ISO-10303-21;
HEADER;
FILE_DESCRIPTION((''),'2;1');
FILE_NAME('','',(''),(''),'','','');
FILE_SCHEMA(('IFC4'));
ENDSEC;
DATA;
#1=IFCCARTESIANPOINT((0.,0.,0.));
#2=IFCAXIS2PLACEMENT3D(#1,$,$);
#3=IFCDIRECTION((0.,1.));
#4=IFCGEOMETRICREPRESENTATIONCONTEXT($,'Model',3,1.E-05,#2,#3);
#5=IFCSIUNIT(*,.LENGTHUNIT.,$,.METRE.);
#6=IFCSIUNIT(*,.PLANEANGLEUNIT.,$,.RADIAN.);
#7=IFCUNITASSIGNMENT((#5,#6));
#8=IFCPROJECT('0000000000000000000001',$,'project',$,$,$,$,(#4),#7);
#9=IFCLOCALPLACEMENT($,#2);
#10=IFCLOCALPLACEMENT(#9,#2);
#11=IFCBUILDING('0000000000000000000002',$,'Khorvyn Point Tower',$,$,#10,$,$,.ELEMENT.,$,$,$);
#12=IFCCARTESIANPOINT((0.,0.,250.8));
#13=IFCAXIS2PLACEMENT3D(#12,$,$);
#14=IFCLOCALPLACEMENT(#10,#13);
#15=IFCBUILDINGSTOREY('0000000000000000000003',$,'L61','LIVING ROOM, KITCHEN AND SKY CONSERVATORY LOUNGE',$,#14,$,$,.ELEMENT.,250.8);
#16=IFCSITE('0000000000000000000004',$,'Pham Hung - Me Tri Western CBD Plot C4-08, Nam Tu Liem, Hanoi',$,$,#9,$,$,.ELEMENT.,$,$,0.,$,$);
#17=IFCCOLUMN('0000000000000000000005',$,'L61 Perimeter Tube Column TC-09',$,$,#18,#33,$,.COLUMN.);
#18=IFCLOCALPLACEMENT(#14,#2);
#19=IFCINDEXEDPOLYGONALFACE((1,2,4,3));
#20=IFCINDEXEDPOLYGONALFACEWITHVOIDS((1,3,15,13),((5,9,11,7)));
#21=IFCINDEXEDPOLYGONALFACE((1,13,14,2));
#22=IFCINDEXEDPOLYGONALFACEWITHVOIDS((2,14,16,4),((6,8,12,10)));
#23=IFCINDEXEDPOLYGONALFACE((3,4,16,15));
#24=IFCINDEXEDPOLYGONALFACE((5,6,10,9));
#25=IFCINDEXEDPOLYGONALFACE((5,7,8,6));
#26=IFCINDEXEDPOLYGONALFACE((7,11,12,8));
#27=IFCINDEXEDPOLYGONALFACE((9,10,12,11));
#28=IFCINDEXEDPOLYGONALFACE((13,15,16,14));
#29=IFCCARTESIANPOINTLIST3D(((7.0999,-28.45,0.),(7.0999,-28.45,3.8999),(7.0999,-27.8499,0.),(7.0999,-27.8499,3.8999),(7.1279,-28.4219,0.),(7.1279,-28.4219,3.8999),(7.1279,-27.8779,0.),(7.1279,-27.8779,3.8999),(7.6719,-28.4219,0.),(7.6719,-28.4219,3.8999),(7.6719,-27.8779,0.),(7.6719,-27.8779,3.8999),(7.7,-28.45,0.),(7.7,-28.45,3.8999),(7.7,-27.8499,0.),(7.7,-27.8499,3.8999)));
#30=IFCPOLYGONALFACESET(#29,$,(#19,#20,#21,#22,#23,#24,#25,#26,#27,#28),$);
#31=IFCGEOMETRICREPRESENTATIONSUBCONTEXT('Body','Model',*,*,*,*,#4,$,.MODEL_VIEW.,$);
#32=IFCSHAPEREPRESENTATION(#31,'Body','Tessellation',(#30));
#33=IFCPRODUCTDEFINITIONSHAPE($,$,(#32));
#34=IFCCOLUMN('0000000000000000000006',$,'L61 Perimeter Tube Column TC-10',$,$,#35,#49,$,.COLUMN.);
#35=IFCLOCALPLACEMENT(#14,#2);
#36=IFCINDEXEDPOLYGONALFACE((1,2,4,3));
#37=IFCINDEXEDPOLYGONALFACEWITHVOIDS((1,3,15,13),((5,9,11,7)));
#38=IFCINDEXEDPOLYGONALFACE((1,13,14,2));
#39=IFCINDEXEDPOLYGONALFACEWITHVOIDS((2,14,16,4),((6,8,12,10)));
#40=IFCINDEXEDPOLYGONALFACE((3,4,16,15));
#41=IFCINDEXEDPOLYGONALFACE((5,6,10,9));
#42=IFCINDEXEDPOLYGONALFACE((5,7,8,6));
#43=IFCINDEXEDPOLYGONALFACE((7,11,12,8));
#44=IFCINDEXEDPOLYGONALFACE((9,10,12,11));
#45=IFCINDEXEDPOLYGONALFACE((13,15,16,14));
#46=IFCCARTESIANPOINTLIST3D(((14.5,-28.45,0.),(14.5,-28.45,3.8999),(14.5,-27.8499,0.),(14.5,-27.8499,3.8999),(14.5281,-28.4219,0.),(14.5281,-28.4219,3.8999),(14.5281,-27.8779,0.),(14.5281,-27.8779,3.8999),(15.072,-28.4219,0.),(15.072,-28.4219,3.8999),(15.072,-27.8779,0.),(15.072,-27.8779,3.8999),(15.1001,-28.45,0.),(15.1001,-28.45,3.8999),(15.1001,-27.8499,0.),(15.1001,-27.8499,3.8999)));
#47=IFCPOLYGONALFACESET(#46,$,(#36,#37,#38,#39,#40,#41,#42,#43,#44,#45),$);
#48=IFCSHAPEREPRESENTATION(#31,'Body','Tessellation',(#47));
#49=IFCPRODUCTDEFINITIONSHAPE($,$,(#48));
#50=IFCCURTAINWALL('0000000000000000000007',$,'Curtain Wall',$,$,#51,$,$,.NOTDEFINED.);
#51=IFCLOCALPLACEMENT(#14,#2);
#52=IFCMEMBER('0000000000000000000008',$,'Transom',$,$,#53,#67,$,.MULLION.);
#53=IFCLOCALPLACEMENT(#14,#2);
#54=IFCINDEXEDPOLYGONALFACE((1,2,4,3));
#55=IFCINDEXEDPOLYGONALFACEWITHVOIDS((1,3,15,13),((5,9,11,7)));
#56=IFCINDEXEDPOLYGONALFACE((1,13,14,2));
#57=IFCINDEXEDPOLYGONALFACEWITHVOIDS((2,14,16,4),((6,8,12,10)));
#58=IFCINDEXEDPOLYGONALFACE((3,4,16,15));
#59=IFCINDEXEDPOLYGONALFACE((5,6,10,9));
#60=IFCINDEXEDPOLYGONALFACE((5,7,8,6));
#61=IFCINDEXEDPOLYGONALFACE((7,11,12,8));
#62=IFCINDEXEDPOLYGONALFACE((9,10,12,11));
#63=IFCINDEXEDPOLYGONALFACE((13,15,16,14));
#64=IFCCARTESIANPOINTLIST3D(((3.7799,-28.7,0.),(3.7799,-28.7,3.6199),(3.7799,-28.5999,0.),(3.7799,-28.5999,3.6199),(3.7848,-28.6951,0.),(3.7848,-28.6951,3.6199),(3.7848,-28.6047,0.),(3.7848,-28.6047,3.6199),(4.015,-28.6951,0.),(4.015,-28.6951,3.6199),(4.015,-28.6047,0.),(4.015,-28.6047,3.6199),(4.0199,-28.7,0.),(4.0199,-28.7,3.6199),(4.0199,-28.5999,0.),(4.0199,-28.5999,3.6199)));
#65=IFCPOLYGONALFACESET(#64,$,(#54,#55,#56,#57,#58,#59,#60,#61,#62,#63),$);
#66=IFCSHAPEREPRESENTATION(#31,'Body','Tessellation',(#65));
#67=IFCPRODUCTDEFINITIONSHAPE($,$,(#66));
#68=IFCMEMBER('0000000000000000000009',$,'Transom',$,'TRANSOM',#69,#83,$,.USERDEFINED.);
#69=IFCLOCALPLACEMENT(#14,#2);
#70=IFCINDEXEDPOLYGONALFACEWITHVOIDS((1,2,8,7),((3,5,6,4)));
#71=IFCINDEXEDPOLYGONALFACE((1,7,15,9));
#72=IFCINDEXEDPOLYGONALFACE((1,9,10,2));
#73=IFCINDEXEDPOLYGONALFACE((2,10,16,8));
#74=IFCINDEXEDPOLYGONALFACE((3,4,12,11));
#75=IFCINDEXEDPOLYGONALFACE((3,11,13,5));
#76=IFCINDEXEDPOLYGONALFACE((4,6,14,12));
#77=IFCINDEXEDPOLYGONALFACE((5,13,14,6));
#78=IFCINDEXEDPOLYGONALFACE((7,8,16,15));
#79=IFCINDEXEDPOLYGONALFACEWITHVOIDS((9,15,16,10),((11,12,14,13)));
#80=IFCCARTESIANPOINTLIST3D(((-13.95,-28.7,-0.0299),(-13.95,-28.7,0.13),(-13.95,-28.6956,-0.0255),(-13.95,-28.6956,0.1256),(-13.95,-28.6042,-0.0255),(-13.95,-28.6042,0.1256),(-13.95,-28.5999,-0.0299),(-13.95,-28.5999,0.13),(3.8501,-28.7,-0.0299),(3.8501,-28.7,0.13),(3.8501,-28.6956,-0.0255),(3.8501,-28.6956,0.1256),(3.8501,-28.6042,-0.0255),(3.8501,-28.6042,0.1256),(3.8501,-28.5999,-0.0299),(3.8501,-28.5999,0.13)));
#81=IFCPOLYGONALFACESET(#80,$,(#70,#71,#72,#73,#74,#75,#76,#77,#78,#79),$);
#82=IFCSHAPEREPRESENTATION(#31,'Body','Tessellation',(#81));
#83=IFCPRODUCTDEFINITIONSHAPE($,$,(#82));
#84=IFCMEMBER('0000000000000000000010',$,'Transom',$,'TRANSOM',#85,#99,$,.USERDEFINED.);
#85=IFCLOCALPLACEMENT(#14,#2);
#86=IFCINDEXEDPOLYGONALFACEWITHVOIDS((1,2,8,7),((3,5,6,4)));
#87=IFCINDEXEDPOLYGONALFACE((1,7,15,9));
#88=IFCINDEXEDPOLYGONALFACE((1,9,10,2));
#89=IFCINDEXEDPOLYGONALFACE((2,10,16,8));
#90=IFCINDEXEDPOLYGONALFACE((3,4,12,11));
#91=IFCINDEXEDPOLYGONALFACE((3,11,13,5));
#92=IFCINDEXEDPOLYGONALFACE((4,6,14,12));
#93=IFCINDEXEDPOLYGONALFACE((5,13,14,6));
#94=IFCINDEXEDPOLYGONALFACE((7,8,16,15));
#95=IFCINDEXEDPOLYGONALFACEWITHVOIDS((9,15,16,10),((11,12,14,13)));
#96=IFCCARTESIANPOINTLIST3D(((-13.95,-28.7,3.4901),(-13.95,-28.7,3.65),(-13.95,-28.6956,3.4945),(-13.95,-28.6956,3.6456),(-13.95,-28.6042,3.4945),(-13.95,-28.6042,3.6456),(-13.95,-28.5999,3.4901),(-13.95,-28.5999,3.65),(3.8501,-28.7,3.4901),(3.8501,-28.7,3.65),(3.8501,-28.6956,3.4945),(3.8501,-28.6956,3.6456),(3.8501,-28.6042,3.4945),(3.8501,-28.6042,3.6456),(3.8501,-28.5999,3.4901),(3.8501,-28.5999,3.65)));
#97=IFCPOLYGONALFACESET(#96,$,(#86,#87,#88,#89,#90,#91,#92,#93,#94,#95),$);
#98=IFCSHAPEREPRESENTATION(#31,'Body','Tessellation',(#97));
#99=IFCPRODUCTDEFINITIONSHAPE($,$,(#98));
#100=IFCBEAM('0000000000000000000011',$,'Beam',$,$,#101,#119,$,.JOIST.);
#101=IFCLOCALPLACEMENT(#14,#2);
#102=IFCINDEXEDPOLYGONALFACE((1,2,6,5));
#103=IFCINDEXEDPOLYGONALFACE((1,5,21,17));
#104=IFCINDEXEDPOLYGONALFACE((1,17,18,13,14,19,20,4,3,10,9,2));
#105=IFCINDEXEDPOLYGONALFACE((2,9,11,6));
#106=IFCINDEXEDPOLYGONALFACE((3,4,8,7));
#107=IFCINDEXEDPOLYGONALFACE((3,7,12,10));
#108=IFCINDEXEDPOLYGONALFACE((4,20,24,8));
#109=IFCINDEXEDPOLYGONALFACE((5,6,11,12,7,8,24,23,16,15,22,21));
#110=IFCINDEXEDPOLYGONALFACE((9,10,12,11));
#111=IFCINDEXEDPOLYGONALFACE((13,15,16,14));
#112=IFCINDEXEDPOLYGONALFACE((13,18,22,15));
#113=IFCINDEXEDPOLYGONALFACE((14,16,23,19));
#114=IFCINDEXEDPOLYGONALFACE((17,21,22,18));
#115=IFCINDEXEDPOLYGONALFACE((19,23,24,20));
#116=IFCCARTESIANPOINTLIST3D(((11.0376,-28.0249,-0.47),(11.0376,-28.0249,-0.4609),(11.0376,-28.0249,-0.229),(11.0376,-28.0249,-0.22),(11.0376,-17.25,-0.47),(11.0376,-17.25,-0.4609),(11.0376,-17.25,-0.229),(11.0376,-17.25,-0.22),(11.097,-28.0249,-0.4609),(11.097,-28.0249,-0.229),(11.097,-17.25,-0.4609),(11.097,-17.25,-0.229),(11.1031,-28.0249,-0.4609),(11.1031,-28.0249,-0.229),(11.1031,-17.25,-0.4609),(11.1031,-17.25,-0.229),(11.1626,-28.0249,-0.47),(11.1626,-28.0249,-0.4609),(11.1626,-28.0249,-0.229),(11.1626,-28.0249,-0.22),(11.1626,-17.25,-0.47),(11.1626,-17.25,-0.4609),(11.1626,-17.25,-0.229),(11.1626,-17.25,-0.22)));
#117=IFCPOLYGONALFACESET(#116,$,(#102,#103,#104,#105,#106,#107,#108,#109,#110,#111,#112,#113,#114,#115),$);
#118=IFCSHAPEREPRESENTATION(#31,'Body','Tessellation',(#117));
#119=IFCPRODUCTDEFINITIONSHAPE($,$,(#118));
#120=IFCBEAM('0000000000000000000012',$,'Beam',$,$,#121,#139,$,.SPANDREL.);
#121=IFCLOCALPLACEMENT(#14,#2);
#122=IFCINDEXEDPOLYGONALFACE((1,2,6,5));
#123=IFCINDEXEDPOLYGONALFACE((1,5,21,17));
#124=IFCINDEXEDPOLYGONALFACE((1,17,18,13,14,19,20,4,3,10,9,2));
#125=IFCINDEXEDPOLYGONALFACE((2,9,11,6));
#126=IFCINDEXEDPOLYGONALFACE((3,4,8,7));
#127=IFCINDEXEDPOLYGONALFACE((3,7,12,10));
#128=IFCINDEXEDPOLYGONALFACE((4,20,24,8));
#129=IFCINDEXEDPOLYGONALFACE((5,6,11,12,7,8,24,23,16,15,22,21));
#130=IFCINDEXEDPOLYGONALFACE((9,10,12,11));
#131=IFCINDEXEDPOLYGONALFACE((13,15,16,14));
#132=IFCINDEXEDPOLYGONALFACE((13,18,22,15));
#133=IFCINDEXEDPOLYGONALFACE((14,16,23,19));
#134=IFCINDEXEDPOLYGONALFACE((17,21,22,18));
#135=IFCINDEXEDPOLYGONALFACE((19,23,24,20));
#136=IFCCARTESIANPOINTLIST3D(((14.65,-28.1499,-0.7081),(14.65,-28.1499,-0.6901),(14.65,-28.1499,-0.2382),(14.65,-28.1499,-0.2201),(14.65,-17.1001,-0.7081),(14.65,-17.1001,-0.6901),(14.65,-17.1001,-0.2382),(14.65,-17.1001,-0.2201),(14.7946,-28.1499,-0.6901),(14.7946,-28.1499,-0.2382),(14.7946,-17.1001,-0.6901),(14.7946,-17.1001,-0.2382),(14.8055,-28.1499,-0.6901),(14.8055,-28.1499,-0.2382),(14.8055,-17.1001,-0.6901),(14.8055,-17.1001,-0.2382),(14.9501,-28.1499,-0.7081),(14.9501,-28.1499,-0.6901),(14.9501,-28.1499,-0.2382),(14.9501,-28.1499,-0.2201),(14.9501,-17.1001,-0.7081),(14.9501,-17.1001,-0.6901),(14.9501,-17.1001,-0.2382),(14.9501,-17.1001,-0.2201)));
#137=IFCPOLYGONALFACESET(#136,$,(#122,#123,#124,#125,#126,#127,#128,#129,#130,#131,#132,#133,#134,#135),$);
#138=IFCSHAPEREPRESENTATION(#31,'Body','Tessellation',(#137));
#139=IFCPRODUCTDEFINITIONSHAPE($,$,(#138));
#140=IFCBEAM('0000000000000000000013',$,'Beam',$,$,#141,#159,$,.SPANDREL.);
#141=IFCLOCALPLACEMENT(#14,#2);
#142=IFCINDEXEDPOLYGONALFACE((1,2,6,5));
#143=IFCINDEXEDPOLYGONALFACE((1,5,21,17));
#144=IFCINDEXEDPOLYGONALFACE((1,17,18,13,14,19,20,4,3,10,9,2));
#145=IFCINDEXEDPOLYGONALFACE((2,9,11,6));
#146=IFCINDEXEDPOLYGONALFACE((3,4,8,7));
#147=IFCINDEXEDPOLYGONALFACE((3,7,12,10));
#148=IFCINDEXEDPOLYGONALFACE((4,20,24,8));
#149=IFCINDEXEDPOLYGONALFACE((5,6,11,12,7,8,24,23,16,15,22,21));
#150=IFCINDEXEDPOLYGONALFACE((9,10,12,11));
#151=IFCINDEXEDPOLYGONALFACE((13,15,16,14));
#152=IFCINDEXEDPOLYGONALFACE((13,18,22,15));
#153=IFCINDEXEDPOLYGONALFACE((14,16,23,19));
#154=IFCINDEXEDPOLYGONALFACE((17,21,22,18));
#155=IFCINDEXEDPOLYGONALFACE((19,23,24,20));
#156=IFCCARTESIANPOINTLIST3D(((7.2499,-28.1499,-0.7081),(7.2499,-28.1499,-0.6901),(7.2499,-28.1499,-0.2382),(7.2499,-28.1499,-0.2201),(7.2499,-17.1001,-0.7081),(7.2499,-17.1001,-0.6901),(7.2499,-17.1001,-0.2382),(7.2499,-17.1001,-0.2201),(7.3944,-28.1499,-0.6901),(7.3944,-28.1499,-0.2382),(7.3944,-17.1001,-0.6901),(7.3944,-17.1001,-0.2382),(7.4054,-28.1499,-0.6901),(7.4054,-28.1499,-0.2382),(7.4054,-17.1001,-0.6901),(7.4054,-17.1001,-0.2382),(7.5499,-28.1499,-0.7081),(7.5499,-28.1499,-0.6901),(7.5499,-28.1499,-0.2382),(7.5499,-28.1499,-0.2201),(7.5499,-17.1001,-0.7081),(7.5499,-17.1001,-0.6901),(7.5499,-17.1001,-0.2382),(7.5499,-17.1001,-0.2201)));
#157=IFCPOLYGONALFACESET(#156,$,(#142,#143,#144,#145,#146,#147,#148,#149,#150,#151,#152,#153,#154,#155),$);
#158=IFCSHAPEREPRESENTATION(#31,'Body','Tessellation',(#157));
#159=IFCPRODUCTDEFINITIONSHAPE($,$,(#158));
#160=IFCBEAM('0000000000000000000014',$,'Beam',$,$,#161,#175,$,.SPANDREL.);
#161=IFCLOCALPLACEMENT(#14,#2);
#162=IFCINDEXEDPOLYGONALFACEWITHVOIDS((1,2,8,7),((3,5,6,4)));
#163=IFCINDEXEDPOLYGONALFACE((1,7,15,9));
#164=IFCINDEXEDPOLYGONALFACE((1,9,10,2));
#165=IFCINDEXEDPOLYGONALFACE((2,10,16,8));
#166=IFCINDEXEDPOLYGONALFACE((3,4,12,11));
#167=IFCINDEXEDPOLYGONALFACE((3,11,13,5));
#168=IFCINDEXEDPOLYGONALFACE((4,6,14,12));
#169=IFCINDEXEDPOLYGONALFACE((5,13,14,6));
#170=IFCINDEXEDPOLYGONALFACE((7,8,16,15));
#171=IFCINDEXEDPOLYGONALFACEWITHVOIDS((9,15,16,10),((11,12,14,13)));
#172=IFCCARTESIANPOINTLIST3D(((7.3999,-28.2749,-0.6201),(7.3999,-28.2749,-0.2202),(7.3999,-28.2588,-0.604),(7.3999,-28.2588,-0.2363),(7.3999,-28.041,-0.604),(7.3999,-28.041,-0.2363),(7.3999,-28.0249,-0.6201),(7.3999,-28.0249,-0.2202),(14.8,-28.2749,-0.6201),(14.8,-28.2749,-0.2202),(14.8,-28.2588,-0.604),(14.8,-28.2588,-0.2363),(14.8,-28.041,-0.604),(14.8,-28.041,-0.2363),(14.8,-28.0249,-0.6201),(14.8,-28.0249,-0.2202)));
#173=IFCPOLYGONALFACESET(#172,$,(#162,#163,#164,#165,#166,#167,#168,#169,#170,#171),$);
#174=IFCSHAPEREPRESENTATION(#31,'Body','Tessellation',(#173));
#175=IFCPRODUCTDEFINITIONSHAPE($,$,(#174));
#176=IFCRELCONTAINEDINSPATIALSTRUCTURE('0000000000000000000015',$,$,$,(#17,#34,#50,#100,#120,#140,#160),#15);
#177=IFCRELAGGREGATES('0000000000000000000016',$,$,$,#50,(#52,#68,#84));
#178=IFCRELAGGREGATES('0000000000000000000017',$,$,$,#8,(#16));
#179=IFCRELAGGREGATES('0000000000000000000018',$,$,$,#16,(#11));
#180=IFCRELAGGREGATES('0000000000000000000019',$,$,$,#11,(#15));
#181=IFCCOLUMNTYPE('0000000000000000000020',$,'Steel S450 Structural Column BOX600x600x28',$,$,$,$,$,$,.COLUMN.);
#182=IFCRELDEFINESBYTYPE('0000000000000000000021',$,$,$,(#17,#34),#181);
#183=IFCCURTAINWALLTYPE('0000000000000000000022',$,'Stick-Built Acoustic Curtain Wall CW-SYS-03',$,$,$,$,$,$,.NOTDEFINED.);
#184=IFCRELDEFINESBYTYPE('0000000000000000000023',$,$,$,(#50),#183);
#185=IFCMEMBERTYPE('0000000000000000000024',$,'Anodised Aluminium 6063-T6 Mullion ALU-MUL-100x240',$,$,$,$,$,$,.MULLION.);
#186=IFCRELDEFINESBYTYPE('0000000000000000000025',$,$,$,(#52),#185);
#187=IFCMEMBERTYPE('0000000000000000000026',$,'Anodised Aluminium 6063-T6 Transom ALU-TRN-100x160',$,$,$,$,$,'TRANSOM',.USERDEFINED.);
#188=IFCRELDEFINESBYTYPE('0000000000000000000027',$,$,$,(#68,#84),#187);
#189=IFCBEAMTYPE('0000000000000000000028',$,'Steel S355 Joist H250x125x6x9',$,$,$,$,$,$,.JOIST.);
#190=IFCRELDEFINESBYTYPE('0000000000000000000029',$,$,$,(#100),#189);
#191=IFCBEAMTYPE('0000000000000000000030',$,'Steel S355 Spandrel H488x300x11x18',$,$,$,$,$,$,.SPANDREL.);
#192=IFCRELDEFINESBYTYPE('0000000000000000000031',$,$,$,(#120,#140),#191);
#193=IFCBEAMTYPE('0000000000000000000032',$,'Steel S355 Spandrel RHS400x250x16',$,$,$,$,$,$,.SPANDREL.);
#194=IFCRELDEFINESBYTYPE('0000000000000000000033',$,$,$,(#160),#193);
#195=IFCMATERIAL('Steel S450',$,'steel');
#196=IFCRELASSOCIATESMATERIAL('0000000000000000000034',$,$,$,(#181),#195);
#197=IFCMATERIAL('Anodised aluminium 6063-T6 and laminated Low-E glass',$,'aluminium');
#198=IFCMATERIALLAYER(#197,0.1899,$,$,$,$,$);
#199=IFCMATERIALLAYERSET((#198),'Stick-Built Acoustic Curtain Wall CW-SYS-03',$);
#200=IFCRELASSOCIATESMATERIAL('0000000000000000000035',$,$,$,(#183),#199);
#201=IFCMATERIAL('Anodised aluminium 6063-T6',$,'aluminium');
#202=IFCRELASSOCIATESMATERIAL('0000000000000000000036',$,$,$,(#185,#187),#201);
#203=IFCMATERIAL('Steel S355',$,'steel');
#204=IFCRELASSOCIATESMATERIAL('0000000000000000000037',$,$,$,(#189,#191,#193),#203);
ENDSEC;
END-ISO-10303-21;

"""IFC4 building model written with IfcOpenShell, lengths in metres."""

from ifc_helpers import new_model, si_unit, direction, frame, origin, origin_2d, place, context, subcontext, project, spatial, hollow_rectangle, i_section, extrude, material, layer, layer_set, material_profile, profile_set, type_object, element, aggregate, save


model = new_model("IFC4")

# Units and contexts
model_context = context("Model", 3, precision=1e-05, world=origin(), true_north=direction((0.0, 1.0)))
body_context = subcontext(model_context, "Body", "Model", "MODEL_VIEW")
ifc_project = project(units=[si_unit("LENGTHUNIT", "METRE"), si_unit("PLANEANGLEUNIT", "RADIAN")], contexts=[model_context])

# Site, building, storey
site_placement = place(None, origin())
site = spatial("IfcSite", under=ifc_project, at=site_placement, Name="Pham Hung - Me Tri Western CBD Plot C4-08, Nam Tu Liem, Hanoi", CompositionType="ELEMENT", RefElevation=0.0)
building_placement = place(site_placement, origin())
building = spatial("IfcBuilding", under=site, at=building_placement, Name="Khorvyn Point Tower", CompositionType="ELEMENT")
storey_placement = place(building_placement, frame((0.0, 0.0, 250.8)))
storey = spatial("IfcBuildingStorey", under=building, at=storey_placement, Name="L61", Description="LIVING ROOM, KITCHEN AND SKY CONSERVATORY LOUNGE", CompositionType="ELEMENT", Elevation=250.8)

# Columns
ifc_material_1 = material(Name="Steel S450", Category="steel")
ifc_material_profile_1 = material_profile(ifc_material_1, hollow_rectangle(XDim=0.6001, YDim=0.6001, WallThickness=0.0281, at=origin_2d()))
ifc_profile_set_1 = profile_set([ifc_material_profile_1], Name="Steel S450 BOX600x600x28")
column_type = type_object("IfcColumnType", Name="Steel S450 Structural Column BOX600x600x28", PredefinedType="COLUMN", material=ifc_profile_set_1)
for number, where, z_axis, x_axis, name in (
    (1, (7.3999, -28.1499, 0.0), (0.0, 0.0, 1.0), (1.0, 0.0, 0.0), "L61 Perimeter Tube Column TC-09"),
    (2, (14.8, -28.1499, 0.0), (0.0, 0.0, 1.0), (1.0, 0.0, 0.0), "L61 Perimeter Tube Column TC-10"),
):
    element("IfcColumn", number, at=place(storey_placement, frame(where, z_axis=z_axis, x_axis=x_axis)), inside=storey, type_object=column_type, Name=name, PredefinedType="COLUMN", context=body_context, shape_type="SweptSolid", body=[
        extrude(hollow_rectangle(XDim=0.6001, YDim=0.6001, WallThickness=0.0281, at=origin_2d()), origin(), (0.0, 0.0, 1.0), 3.8999),
    ])

# Curtain wall, members
ifc_material_2 = material(Name="Anodised aluminium 6063-T6 and laminated Low-E glass", Category="aluminium")
ifc_layer_1 = layer(ifc_material_2, 0.1899)
ifc_layer_set_1 = layer_set([ifc_layer_1], Name="Stick-Built Acoustic Curtain Wall CW-SYS-03")
curtain_wall_type = type_object("IfcCurtainWallType", Name="Stick-Built Acoustic Curtain Wall CW-SYS-03", PredefinedType="NOTDEFINED", material=ifc_layer_set_1)
curtain_wall_placement = place(storey_placement, origin())
curtain_wall = element("IfcCurtainWall", 3, at=curtain_wall_placement, inside=storey, type_object=curtain_wall_type, Name="Curtain Wall", PredefinedType="NOTDEFINED")
ifc_material_3 = material(Name="Anodised aluminium 6063-T6", Category="aluminium")
ifc_material_profile_2 = material_profile(ifc_material_3, hollow_rectangle(XDim=0.1001, YDim=0.24, WallThickness=0.0049, at=origin_2d()))
ifc_profile_set_2 = profile_set([ifc_material_profile_2], Name="Anodised aluminium 6063-T6 ALU-MUL-100x240")
member_type_1 = type_object("IfcMemberType", Name="Anodised Aluminium 6063-T6 Mullion ALU-MUL-100x240", PredefinedType="MULLION", material=ifc_profile_set_2)
member_1_placement = place(storey_placement, frame((3.8999, -28.6499, 0.0), z_axis=(0.0, 0.0, 1.0), x_axis=(0.0, -1.0, 0.0)))
member_1 = element("IfcMember", 4, at=member_1_placement, type_object=member_type_1, Name="Transom", PredefinedType="MULLION", context=body_context, shape_type="SweptSolid", body=[
    extrude(hollow_rectangle(XDim=0.1001, YDim=0.24, WallThickness=0.0049, at=origin_2d()), origin(), (0.0, 0.0, 1.0), 3.6199),
])
ifc_material_profile_3 = material_profile(ifc_material_3, hollow_rectangle(XDim=0.1001, YDim=0.1599, WallThickness=0.0044, at=origin_2d()))
ifc_profile_set_3 = profile_set([ifc_material_profile_3], Name="Anodised aluminium 6063-T6 ALU-TRN-100x160")
member_type_2 = type_object("IfcMemberType", Name="Anodised Aluminium 6063-T6 Transom ALU-TRN-100x160", ElementType="TRANSOM", PredefinedType="USERDEFINED", material=ifc_profile_set_3)
member_2_placement = place(storey_placement, frame((3.8501, -28.6499, 0.05), z_axis=(-1.0, 0.0, 0.0), x_axis=(0.0, -1.0, 0.0)))
member_2 = element("IfcMember", 5, at=member_2_placement, type_object=member_type_2, Name="Transom", ObjectType="TRANSOM", PredefinedType="USERDEFINED", context=body_context, shape_type="SweptSolid", body=[
    extrude(hollow_rectangle(XDim=0.1001, YDim=0.1599, WallThickness=0.0044, at=origin_2d()), origin(), (0.0, 0.0, 1.0), 17.8),
])
member_3_placement = place(storey_placement, frame((3.8501, -28.6499, 3.5701), z_axis=(-1.0, 0.0, 0.0), x_axis=(0.0, -1.0, 0.0)))
member_3 = element("IfcMember", 6, at=member_3_placement, type_object=member_type_2, Name="Transom", ObjectType="TRANSOM", PredefinedType="USERDEFINED", context=body_context, shape_type="SweptSolid", body=[
    extrude(hollow_rectangle(XDim=0.1001, YDim=0.1599, WallThickness=0.0044, at=origin_2d()), origin(), (0.0, 0.0, 1.0), 17.8),
])

# Beams
ifc_material_4 = material(Name="Steel S355", Category="steel")
ifc_material_profile_4 = material_profile(ifc_material_4, i_section(OverallWidth=0.125, OverallDepth=0.25, WebThickness=0.0061, FlangeThickness=0.009, at=origin_2d()))
ifc_profile_set_4 = profile_set([ifc_material_profile_4], Name="Steel S355 H250x125x6x9")
beam_type_1 = type_object("IfcBeamType", Name="Steel S355 Joist H250x125x6x9", PredefinedType="JOIST", material=ifc_profile_set_4)
beam_1_placement = place(storey_placement, frame((11.1001, -28.0249, -0.345), z_axis=(0.0, 1.0, 0.0), x_axis=(-1.0, 0.0, 0.0)))
element("IfcBeam", 7, at=beam_1_placement, inside=storey, type_object=beam_type_1, Name="Beam", PredefinedType="JOIST", context=body_context, shape_type="SweptSolid", body=[
    extrude(i_section(OverallWidth=0.125, OverallDepth=0.25, WebThickness=0.0061, FlangeThickness=0.009, at=origin_2d()), origin(), (0.0, 0.0, 1.0), 10.7749),
])
ifc_material_profile_5 = material_profile(ifc_material_4, i_section(OverallWidth=0.3, OverallDepth=0.488, WebThickness=0.011, FlangeThickness=0.0181, at=origin_2d()))
ifc_profile_set_5 = profile_set([ifc_material_profile_5], Name="Steel S355 H488x300x11x18")
beam_type_2 = type_object("IfcBeamType", Name="Steel S355 Spandrel H488x300x11x18", PredefinedType="SPANDREL", material=ifc_profile_set_5)
for number, where, z_axis, x_axis, name in (
    (8, (14.8, -28.1499, -0.4641), (0.0, 1.0, 0.0), (-1.0, 0.0, 0.0), "Beam"),
    (9, (7.3999, -28.1499, -0.4641), (0.0, 1.0, 0.0), (-1.0, 0.0, 0.0), "Beam"),
):
    element("IfcBeam", number, at=place(storey_placement, frame(where, z_axis=z_axis, x_axis=x_axis)), inside=storey, type_object=beam_type_2, Name=name, PredefinedType="SPANDREL", context=body_context, shape_type="SweptSolid", body=[
        extrude(i_section(OverallWidth=0.3, OverallDepth=0.488, WebThickness=0.011, FlangeThickness=0.0181, at=origin_2d()), origin(), (0.0, 0.0, 1.0), 11.0498),
    ])
ifc_material_profile_6 = material_profile(ifc_material_4, hollow_rectangle(XDim=0.25, YDim=0.3999, WallThickness=0.0161, at=origin_2d()))
ifc_profile_set_6 = profile_set([ifc_material_profile_6], Name="Steel S355 RHS400x250x16")
beam_type_3 = type_object("IfcBeamType", Name="Steel S355 Spandrel RHS400x250x16", PredefinedType="SPANDREL", material=ifc_profile_set_6)
beam_2_placement = place(storey_placement, frame((7.3999, -28.1499, -0.4202), z_axis=(1.0, 0.0, 0.0), x_axis=(0.0, 1.0, 0.0)))
element("IfcBeam", 10, at=beam_2_placement, inside=storey, type_object=beam_type_3, Name="Beam", PredefinedType="SPANDREL", context=body_context, shape_type="SweptSolid", body=[
    extrude(hollow_rectangle(XDim=0.25, YDim=0.3999, WallThickness=0.0161, at=origin_2d()), origin(), (0.0, 0.0, 1.0), 7.4001),
])

aggregate(curtain_wall, [member_1, member_2, member_3])

save(model, "model.ifc")
